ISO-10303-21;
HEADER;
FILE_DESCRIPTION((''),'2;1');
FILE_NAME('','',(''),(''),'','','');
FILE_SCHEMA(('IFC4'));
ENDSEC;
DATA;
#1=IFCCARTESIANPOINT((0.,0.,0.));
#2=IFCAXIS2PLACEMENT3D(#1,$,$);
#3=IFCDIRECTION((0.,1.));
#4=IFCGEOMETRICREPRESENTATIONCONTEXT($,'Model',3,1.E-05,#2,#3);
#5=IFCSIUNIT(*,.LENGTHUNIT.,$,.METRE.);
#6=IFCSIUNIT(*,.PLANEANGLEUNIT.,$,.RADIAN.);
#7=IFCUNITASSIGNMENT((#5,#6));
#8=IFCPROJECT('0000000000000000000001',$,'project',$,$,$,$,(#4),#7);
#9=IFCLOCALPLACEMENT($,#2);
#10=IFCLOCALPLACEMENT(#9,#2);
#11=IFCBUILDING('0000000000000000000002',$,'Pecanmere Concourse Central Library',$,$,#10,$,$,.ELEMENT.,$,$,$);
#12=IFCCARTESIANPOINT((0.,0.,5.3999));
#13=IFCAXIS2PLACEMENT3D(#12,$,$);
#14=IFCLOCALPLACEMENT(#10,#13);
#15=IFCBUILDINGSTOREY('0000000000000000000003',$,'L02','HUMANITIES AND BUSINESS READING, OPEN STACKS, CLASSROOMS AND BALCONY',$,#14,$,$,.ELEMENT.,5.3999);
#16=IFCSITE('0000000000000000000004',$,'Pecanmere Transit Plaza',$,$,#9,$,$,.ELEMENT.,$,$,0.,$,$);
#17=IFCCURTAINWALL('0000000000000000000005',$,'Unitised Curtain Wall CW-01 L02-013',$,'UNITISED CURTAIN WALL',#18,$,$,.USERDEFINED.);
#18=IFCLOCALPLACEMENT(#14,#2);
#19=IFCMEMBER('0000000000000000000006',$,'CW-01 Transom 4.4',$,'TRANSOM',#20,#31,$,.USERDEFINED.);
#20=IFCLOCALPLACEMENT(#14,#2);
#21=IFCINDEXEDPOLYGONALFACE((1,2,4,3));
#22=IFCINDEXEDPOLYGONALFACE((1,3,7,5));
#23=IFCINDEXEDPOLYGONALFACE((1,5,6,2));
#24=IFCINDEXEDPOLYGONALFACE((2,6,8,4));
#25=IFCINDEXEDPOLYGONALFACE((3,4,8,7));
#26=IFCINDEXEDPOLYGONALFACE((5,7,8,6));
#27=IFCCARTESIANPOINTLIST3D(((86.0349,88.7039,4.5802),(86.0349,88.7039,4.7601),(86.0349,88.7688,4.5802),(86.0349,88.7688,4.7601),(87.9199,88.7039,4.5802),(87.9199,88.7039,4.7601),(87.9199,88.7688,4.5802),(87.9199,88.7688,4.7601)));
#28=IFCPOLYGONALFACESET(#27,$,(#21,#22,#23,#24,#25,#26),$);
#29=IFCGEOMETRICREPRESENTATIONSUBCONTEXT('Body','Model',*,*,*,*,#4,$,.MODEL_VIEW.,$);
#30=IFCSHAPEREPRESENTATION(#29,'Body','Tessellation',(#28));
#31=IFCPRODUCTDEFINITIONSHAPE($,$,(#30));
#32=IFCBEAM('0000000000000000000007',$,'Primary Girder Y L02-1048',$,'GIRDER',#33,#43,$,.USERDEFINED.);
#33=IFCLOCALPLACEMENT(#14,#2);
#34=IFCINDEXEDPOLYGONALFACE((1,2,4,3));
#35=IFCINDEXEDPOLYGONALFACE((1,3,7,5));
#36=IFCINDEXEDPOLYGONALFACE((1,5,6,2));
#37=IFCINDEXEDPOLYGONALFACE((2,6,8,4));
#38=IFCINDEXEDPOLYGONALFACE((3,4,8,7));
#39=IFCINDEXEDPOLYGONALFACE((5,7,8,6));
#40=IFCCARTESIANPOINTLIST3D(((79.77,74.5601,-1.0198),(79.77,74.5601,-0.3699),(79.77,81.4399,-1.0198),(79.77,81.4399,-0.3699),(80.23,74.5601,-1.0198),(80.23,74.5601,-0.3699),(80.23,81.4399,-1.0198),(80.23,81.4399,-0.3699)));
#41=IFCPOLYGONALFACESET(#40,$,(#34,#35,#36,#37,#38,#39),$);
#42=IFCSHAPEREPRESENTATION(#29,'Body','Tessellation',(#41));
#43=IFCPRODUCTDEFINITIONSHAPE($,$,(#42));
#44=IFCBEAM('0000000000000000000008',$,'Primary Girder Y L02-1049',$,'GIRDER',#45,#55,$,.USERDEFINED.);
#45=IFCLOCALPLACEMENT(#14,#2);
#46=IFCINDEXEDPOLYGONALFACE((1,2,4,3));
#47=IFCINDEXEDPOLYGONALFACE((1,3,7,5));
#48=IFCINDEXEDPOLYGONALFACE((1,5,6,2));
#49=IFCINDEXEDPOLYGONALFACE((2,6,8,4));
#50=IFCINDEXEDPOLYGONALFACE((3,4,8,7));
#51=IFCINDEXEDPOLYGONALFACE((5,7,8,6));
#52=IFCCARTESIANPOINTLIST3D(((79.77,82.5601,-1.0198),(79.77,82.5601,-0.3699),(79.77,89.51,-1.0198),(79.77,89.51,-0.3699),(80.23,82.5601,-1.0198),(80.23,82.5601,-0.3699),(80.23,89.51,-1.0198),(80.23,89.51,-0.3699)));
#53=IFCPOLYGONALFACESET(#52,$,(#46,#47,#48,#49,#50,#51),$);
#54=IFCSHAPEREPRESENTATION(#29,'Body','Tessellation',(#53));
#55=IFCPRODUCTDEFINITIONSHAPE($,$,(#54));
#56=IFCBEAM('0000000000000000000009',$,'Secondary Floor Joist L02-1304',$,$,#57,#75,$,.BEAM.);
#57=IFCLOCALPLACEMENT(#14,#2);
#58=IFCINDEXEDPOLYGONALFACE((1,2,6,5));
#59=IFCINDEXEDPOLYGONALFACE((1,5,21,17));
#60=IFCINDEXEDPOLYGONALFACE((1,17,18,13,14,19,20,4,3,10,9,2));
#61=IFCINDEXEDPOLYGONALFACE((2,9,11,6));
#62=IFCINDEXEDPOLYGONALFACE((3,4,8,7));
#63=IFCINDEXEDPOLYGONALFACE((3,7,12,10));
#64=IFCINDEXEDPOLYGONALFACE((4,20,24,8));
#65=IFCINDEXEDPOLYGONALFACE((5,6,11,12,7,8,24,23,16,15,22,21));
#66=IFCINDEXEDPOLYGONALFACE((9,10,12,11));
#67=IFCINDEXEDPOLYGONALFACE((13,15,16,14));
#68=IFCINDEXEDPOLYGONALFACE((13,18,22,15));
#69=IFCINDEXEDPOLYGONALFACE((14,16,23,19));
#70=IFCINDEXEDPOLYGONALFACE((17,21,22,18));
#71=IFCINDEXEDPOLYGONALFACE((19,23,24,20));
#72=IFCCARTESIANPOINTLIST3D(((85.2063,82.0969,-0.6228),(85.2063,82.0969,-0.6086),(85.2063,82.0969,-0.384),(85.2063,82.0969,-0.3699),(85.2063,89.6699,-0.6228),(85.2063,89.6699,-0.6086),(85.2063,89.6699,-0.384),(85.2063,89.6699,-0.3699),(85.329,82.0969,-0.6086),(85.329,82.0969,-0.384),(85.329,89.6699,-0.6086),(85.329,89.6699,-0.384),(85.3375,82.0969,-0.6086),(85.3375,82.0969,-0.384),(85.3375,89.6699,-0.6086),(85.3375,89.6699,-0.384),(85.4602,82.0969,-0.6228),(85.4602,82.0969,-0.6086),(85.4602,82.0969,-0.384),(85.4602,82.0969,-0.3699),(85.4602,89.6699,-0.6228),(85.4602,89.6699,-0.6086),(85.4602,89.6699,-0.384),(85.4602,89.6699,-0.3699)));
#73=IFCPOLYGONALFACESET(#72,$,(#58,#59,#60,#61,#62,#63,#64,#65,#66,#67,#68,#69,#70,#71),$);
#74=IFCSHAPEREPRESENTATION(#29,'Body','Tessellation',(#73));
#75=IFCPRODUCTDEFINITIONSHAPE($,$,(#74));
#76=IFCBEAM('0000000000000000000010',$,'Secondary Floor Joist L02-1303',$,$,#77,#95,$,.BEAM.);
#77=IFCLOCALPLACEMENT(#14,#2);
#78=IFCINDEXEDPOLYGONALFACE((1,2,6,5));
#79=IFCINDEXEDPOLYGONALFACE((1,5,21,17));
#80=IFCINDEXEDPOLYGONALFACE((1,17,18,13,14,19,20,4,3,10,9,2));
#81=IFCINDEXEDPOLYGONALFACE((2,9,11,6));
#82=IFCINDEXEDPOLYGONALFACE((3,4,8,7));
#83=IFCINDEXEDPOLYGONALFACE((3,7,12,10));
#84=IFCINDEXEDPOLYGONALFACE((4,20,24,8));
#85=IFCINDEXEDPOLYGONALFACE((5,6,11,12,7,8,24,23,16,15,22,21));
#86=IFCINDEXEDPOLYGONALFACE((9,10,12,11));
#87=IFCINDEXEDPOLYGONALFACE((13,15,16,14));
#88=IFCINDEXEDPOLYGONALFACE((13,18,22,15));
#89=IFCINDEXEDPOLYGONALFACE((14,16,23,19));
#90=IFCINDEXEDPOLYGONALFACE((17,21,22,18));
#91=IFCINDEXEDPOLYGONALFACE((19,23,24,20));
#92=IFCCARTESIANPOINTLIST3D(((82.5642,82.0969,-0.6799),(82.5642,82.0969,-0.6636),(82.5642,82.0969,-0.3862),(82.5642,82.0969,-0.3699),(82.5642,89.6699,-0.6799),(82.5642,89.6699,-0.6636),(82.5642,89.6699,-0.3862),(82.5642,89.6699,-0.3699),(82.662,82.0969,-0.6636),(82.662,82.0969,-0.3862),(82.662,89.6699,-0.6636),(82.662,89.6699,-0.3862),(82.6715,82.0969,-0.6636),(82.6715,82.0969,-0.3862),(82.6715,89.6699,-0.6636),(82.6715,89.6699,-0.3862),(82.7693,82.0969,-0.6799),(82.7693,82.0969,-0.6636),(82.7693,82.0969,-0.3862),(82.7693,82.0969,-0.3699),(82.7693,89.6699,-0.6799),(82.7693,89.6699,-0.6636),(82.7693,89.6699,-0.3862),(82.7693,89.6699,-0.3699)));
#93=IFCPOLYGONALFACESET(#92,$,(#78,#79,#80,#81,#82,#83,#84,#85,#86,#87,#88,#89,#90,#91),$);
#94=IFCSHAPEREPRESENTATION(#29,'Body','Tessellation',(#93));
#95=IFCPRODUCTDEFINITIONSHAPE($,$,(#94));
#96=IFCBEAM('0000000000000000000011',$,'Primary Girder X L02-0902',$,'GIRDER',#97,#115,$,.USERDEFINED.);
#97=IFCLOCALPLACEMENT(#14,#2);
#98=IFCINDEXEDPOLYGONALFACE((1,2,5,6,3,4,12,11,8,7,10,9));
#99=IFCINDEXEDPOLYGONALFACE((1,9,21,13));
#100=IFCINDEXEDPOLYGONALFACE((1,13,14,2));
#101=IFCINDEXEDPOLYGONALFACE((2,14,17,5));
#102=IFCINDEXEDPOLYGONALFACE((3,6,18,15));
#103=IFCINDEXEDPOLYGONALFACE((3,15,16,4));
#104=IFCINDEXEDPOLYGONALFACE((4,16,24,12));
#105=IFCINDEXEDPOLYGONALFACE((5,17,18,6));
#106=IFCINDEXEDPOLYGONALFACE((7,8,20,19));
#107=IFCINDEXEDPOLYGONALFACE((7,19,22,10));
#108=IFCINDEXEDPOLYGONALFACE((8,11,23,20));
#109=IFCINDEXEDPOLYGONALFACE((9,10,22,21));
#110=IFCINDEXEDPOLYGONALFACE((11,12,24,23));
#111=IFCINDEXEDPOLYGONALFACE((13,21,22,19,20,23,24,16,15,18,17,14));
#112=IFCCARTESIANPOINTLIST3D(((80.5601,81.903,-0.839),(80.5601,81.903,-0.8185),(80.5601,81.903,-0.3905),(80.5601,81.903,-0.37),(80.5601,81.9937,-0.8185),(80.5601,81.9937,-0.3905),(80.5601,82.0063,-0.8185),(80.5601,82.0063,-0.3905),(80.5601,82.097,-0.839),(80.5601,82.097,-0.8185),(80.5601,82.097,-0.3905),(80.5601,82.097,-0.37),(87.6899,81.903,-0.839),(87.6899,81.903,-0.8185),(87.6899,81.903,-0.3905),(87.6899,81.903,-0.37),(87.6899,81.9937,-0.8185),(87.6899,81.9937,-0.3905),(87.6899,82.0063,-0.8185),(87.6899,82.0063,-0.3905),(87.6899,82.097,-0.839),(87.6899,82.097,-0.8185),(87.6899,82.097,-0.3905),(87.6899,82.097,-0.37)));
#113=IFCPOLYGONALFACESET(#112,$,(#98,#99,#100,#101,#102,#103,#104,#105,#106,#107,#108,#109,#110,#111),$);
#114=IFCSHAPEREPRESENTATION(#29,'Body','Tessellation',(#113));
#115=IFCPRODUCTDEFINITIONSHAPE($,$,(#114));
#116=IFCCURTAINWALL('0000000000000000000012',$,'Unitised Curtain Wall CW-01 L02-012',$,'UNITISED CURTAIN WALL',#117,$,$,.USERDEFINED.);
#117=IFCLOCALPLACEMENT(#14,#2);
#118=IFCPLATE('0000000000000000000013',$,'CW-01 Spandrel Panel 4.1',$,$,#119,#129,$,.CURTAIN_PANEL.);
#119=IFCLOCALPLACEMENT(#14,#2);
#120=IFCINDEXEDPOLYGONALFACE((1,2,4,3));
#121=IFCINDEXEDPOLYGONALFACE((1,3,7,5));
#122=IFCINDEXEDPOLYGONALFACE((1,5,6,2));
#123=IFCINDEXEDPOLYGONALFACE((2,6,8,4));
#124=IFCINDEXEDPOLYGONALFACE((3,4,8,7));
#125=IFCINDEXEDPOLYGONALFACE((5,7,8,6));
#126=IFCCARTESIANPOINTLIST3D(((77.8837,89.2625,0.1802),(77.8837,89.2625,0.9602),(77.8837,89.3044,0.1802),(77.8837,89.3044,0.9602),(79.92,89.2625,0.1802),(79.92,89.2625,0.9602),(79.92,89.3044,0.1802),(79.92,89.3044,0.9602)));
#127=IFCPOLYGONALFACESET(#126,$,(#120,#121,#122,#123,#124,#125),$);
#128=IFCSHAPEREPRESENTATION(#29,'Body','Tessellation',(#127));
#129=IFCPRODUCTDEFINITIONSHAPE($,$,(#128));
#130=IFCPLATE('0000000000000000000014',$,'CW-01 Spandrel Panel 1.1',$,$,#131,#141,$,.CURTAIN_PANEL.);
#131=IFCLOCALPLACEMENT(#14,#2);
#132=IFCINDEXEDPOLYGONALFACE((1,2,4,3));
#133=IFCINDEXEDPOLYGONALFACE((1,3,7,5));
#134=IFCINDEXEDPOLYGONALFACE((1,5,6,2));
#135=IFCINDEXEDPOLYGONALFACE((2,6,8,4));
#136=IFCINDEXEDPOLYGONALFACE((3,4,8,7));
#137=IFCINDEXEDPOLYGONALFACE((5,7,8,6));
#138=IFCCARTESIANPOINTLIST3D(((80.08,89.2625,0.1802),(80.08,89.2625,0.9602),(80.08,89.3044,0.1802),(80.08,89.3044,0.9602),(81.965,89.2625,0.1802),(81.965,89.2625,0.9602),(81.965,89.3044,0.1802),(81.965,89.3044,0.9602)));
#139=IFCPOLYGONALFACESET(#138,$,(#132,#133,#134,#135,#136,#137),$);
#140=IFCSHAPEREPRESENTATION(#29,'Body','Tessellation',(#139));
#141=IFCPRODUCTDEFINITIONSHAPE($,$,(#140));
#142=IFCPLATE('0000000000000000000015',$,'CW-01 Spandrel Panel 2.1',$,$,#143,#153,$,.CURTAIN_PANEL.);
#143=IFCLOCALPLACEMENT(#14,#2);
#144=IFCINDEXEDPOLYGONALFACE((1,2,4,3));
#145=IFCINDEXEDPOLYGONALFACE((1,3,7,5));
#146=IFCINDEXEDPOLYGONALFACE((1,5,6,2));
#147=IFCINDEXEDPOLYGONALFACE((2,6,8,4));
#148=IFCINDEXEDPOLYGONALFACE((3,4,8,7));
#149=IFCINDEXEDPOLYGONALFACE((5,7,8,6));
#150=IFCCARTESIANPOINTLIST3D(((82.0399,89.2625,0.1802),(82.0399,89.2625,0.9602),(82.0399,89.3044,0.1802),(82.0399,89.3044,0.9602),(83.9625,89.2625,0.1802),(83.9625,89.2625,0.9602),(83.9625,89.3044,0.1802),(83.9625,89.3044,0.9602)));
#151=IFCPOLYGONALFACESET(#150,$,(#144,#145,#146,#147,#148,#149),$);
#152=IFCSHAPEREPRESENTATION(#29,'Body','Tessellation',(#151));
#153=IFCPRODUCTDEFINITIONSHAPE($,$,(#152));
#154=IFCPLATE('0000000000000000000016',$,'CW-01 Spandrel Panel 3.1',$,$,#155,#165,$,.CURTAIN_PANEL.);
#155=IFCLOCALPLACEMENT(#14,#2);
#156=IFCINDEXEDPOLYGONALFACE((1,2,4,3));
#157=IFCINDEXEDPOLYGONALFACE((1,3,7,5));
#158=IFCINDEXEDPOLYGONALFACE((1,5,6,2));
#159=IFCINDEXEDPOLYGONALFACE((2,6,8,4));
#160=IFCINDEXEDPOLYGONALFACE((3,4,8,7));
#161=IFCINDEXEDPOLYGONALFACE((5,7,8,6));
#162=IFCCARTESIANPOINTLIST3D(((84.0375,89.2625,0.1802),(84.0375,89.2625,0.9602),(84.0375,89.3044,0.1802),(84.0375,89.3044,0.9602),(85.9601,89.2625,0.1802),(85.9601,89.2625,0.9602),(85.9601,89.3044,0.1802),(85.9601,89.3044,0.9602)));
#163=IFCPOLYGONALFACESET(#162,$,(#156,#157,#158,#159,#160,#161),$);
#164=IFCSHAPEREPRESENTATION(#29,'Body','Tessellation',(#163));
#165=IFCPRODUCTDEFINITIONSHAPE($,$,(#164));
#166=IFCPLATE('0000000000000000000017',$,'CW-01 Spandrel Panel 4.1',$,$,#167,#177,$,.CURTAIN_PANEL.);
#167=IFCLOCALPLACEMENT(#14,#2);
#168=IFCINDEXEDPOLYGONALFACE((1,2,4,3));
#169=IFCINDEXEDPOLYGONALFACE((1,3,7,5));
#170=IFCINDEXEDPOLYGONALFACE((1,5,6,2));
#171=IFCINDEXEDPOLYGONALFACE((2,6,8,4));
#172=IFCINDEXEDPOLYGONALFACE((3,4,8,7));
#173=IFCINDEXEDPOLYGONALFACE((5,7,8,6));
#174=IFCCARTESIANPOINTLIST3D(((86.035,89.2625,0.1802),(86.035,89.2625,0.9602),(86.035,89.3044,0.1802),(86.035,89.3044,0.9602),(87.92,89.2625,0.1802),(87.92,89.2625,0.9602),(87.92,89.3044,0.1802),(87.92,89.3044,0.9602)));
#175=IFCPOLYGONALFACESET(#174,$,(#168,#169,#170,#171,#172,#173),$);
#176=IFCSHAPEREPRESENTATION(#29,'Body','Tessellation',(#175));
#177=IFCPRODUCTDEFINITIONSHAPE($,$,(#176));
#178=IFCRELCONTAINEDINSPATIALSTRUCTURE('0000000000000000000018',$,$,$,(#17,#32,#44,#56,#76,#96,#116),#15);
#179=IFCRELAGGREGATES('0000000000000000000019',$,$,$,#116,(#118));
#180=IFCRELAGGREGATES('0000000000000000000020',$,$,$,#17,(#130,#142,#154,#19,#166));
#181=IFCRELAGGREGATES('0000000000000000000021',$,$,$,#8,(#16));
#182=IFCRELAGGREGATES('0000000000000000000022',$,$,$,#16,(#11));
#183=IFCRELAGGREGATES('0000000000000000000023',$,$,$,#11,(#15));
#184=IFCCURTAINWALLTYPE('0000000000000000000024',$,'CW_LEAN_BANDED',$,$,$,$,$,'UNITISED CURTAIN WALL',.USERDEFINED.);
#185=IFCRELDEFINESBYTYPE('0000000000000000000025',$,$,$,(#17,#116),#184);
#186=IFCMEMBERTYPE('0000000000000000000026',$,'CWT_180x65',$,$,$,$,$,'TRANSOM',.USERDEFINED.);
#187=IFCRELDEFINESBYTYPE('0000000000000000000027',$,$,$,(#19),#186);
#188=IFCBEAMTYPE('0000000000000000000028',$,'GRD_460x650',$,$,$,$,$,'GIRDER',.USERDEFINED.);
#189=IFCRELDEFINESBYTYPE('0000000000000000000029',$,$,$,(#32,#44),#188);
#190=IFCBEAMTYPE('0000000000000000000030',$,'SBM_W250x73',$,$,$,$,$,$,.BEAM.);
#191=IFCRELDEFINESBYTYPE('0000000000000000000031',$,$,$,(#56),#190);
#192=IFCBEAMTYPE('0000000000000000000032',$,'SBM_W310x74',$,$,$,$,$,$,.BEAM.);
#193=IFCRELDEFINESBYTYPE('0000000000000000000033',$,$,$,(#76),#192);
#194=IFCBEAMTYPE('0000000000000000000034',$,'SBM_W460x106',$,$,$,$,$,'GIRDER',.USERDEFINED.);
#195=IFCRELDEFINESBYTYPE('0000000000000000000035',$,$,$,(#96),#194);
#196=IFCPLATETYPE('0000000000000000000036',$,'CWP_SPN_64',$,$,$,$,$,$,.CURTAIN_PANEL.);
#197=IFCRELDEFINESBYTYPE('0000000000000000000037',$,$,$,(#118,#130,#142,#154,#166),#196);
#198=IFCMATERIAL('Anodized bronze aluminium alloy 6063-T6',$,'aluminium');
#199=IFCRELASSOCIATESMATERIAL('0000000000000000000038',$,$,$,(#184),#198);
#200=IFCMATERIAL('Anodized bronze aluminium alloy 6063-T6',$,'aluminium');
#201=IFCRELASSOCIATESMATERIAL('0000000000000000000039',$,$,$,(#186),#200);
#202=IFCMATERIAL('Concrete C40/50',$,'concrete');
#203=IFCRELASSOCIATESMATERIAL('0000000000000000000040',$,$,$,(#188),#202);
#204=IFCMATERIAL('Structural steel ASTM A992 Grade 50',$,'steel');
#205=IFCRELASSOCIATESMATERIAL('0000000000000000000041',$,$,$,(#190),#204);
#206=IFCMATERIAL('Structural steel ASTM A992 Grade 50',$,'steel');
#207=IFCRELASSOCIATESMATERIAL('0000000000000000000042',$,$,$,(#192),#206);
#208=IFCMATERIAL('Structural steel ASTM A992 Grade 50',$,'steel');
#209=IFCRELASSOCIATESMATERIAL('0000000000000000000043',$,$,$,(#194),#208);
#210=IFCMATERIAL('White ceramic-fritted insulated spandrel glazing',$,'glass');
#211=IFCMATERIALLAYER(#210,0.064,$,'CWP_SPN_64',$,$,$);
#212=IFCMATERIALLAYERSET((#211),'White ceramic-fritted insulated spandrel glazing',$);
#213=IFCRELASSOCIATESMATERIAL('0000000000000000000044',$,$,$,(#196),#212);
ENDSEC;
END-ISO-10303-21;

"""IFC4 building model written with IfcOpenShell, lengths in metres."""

from ifc_helpers import new_model, si_unit, direction, frame, origin, origin_2d, place, context, subcontext, project, spatial, rectangle, i_section, extrude, material, layer, layer_set, material_profile, profile_set, type_object, element, aggregate, save


model = new_model("IFC4")

# Units and contexts
model_context = context("Model", 3, precision=1e-05, world=origin(), true_north=direction((0.0, 1.0)))
body_context = subcontext(model_context, "Body", "Model", "MODEL_VIEW")
ifc_project = project(units=[si_unit("LENGTHUNIT", "METRE"), si_unit("PLANEANGLEUNIT", "RADIAN")], contexts=[model_context])

# Site, building, storey
site_placement = place(None, origin())
site = spatial("IfcSite", under=ifc_project, at=site_placement, Name="Pecanmere Transit Plaza", CompositionType="ELEMENT", RefElevation=0.0)
building_placement = place(site_placement, origin())
building = spatial("IfcBuilding", under=site, at=building_placement, Name="Pecanmere Concourse Central Library", CompositionType="ELEMENT")
storey_placement = place(building_placement, frame((0.0, 0.0, 5.3999)))
storey = spatial("IfcBuildingStorey", under=building, at=storey_placement, Name="L02", Description="HUMANITIES AND BUSINESS READING, OPEN STACKS, CLASSROOMS AND BALCONY", CompositionType="ELEMENT", Elevation=5.3999)

# Curtain wall, member
ifc_material_1 = material(Name="Anodized bronze aluminium alloy 6063-T6", Category="aluminium")
curtain_wall_type = type_object("IfcCurtainWallType", Name="CW_LEAN_BANDED", ElementType="UNITISED CURTAIN WALL", PredefinedType="USERDEFINED", material=ifc_material_1)
curtain_wall_1_placement = place(storey_placement, origin())
curtain_wall_1 = element("IfcCurtainWall", 1, at=curtain_wall_1_placement, inside=storey, type_object=curtain_wall_type, Name="Unitised Curtain Wall CW-01 L02-013", ObjectType="UNITISED CURTAIN WALL", PredefinedType="USERDEFINED")
ifc_material_2 = material(Name="Anodized bronze aluminium alloy 6063-T6", Category="aluminium")
ifc_material_profile_1 = material_profile(ifc_material_2, rectangle(XDim=0.0649, YDim=0.1799, at=origin_2d()), Name="AL 65x180")
ifc_profile_set_1 = profile_set([ifc_material_profile_1], Name="Anodized bronze aluminium alloy 6063-T6")
member_type = type_object("IfcMemberType", Name="CWT_180x65", ElementType="TRANSOM", PredefinedType="USERDEFINED", material=ifc_profile_set_1)
member_1_placement = place(storey_placement, frame((86.0349, 88.7363, 4.6702), z_axis=(1.0, 0.0, 0.0), x_axis=(0.0, 1.0, 0.0)))
member_1 = element("IfcMember", 2, at=member_1_placement, type_object=member_type, Name="CW-01 Transom 4.4", ObjectType="TRANSOM", PredefinedType="USERDEFINED", context=body_context, shape_type="SweptSolid", body=[
    extrude(rectangle(XDim=0.0649, YDim=0.1799, at=origin_2d()), origin(), (0.0, 0.0, 1.0), 1.885),
])

# Beams
ifc_material_3 = material(Name="Concrete C40/50", Category="concrete")
ifc_material_profile_2 = material_profile(ifc_material_3, rectangle(XDim=0.46, YDim=0.6499, at=origin_2d()), Name="RC 460x650")
ifc_profile_set_2 = profile_set([ifc_material_profile_2], Name="Concrete C40/50")
beam_type_1 = type_object("IfcBeamType", Name="GRD_460x650", ElementType="GIRDER", PredefinedType="USERDEFINED", material=ifc_profile_set_2)
beam_1_placement = place(storey_placement, frame((80.0, 74.5601, -0.6948), z_axis=(0.0, 1.0, 0.0), x_axis=(-1.0, 0.0, 0.0)))
element("IfcBeam", 3, at=beam_1_placement, inside=storey, type_object=beam_type_1, Name="Primary Girder Y L02-1048", ObjectType="GIRDER", PredefinedType="USERDEFINED", context=body_context, shape_type="SweptSolid", body=[
    extrude(rectangle(XDim=0.46, YDim=0.6499, at=origin_2d()), origin(), (0.0, 0.0, 1.0), 6.8799),
])
beam_2_placement = place(storey_placement, frame((80.0, 82.5601, -0.6948), z_axis=(0.0, 1.0, 0.0), x_axis=(-1.0, 0.0, 0.0)))
element("IfcBeam", 4, at=beam_2_placement, inside=storey, type_object=beam_type_1, Name="Primary Girder Y L02-1049", ObjectType="GIRDER", PredefinedType="USERDEFINED", context=body_context, shape_type="SweptSolid", body=[
    extrude(rectangle(XDim=0.46, YDim=0.6499, at=origin_2d()), origin(), (0.0, 0.0, 1.0), 6.95),
])
ifc_material_4 = material(Name="Structural steel ASTM A992 Grade 50", Category="steel")
ifc_material_profile_3 = material_profile(ifc_material_4, i_section(OverallWidth=0.2539, OverallDepth=0.2529, WebThickness=0.0085, FlangeThickness=0.0142, at=origin_2d()), Name="W250x73")
ifc_profile_set_3 = profile_set([ifc_material_profile_3], Name="Structural steel ASTM A992 Grade 50")
beam_type_2 = type_object("IfcBeamType", Name="SBM_W250x73", PredefinedType="BEAM", material=ifc_profile_set_3)
beam_3_placement = place(storey_placement, frame((85.3333, 82.0969, -0.4963), z_axis=(0.0, 1.0, 0.0), x_axis=(-1.0, 0.0, 0.0)))
element("IfcBeam", 5, at=beam_3_placement, inside=storey, type_object=beam_type_2, Name="Secondary Floor Joist L02-1304", PredefinedType="BEAM", context=body_context, shape_type="SweptSolid", body=[
    extrude(i_section(OverallWidth=0.2539, OverallDepth=0.2529, WebThickness=0.0085, FlangeThickness=0.0142, at=origin_2d()), origin(), (0.0, 0.0, 1.0), 7.573),
])
ifc_material_5 = material(Name="Structural steel ASTM A992 Grade 50", Category="steel")
ifc_material_profile_4 = material_profile(ifc_material_5, i_section(OverallWidth=0.2051, OverallDepth=0.3101, WebThickness=0.0095, FlangeThickness=0.0164, at=origin_2d()), Name="W310x74")
ifc_profile_set_4 = profile_set([ifc_material_profile_4], Name="Structural steel ASTM A992 Grade 50")
beam_type_3 = type_object("IfcBeamType", Name="SBM_W310x74", PredefinedType="BEAM", material=ifc_profile_set_4)
beam_4_placement = place(storey_placement, frame((82.6667, 82.0969, -0.5249), z_axis=(0.0, 1.0, 0.0), x_axis=(-1.0, 0.0, 0.0)))
element("IfcBeam", 6, at=beam_4_placement, inside=storey, type_object=beam_type_3, Name="Secondary Floor Joist L02-1303", PredefinedType="BEAM", context=body_context, shape_type="SweptSolid", body=[
    extrude(i_section(OverallWidth=0.2051, OverallDepth=0.3101, WebThickness=0.0095, FlangeThickness=0.0164, at=origin_2d()), origin(), (0.0, 0.0, 1.0), 7.573),
])
ifc_material_6 = material(Name="Structural steel ASTM A992 Grade 50", Category="steel")
ifc_material_profile_5 = material_profile(ifc_material_6, i_section(OverallWidth=0.1941, OverallDepth=0.469, WebThickness=0.0127, FlangeThickness=0.0205, at=origin_2d()), Name="W460x106")
ifc_profile_set_5 = profile_set([ifc_material_profile_5], Name="Structural steel ASTM A992 Grade 50")
beam_type_4 = type_object("IfcBeamType", Name="SBM_W460x106", ElementType="GIRDER", PredefinedType="USERDEFINED", material=ifc_profile_set_5)
beam_5_placement = place(storey_placement, frame((80.5601, 82.0, -0.6045), z_axis=(1.0, 0.0, 0.0), x_axis=(0.0, 1.0, 0.0)))
element("IfcBeam", 7, at=beam_5_placement, inside=storey, type_object=beam_type_4, Name="Primary Girder X L02-0902", ObjectType="GIRDER", PredefinedType="USERDEFINED", context=body_context, shape_type="SweptSolid", body=[
    extrude(i_section(OverallWidth=0.1941, OverallDepth=0.469, WebThickness=0.0127, FlangeThickness=0.0205, at=origin_2d()), origin(), (0.0, 0.0, 1.0), 7.1299),
])

# Curtain wall, plate
curtain_wall_2_placement = place(storey_placement, origin())
curtain_wall_2 = element("IfcCurtainWall", 8, at=curtain_wall_2_placement, inside=storey, type_object=curtain_wall_type, Name="Unitised Curtain Wall CW-01 L02-012", ObjectType="UNITISED CURTAIN WALL", PredefinedType="USERDEFINED")
ifc_material_7 = material(Name="White ceramic-fritted insulated spandrel glazing", Category="glass")
ifc_layer_1 = layer(ifc_material_7, 0.064, Name="CWP_SPN_64")
ifc_layer_set_1 = layer_set([ifc_layer_1], Name="White ceramic-fritted insulated spandrel glazing")
plate_type_1 = type_object("IfcPlateType", Name="CWP_SPN_64", PredefinedType="CURTAIN_PANEL", material=ifc_layer_set_1)
plate_1_placement = place(storey_placement, frame((78.9019, 89.2834, 0.1802), z_axis=(0.0, 0.0, 1.0), x_axis=(1.0, 0.0, 0.0)))
plate_1 = element("IfcPlate", 9, at=plate_1_placement, type_object=plate_type_1, Name="CW-01 Spandrel Panel 4.1", PredefinedType="CURTAIN_PANEL", context=body_context, shape_type="SweptSolid", body=[
    extrude(rectangle(XDim=2.0364, YDim=0.042, at=origin_2d()), origin(), (0.0, 0.0, 1.0), 0.78),
])
aggregate(curtain_wall_2, [plate_1])

# Plates
plate_2_placement = place(storey_placement, frame((81.0225, 89.2834, 0.1802), z_axis=(0.0, 0.0, 1.0), x_axis=(1.0, 0.0, 0.0)))
plate_2 = element("IfcPlate", 10, at=plate_2_placement, type_object=plate_type_1, Name="CW-01 Spandrel Panel 1.1", PredefinedType="CURTAIN_PANEL", context=body_context, shape_type="SweptSolid", body=[
    extrude(rectangle(XDim=1.885, YDim=0.042, at=origin_2d()), origin(), (0.0, 0.0, 1.0), 0.78),
])
plate_3_placement = place(storey_placement, frame((83.0012, 89.2834, 0.1802), z_axis=(0.0, 0.0, 1.0), x_axis=(1.0, 0.0, 0.0)))
plate_3 = element("IfcPlate", 11, at=plate_3_placement, type_object=plate_type_1, Name="CW-01 Spandrel Panel 2.1", PredefinedType="CURTAIN_PANEL", context=body_context, shape_type="SweptSolid", body=[
    extrude(rectangle(XDim=1.9226, YDim=0.042, at=origin_2d()), origin(), (0.0, 0.0, 1.0), 0.78),
])
plate_4_placement = place(storey_placement, frame((84.9988, 89.2834, 0.1802), z_axis=(0.0, 0.0, 1.0), x_axis=(1.0, 0.0, 0.0)))
plate_4 = element("IfcPlate", 12, at=plate_4_placement, type_object=plate_type_1, Name="CW-01 Spandrel Panel 3.1", PredefinedType="CURTAIN_PANEL", context=body_context, shape_type="SweptSolid", body=[
    extrude(rectangle(XDim=1.9226, YDim=0.042, at=origin_2d()), origin(), (0.0, 0.0, 1.0), 0.78),
])
plate_5_placement = place(storey_placement, frame((86.9775, 89.2834, 0.1802), z_axis=(0.0, 0.0, 1.0), x_axis=(1.0, 0.0, 0.0)))
plate_5 = element("IfcPlate", 13, at=plate_5_placement, type_object=plate_type_1, Name="CW-01 Spandrel Panel 4.1", PredefinedType="CURTAIN_PANEL", context=body_context, shape_type="SweptSolid", body=[
    extrude(rectangle(XDim=1.885, YDim=0.042, at=origin_2d()), origin(), (0.0, 0.0, 1.0), 0.78),
])
aggregate(curtain_wall_1, [plate_2, plate_3, plate_4, member_1, plate_5])

save(model, "model.ifc")
